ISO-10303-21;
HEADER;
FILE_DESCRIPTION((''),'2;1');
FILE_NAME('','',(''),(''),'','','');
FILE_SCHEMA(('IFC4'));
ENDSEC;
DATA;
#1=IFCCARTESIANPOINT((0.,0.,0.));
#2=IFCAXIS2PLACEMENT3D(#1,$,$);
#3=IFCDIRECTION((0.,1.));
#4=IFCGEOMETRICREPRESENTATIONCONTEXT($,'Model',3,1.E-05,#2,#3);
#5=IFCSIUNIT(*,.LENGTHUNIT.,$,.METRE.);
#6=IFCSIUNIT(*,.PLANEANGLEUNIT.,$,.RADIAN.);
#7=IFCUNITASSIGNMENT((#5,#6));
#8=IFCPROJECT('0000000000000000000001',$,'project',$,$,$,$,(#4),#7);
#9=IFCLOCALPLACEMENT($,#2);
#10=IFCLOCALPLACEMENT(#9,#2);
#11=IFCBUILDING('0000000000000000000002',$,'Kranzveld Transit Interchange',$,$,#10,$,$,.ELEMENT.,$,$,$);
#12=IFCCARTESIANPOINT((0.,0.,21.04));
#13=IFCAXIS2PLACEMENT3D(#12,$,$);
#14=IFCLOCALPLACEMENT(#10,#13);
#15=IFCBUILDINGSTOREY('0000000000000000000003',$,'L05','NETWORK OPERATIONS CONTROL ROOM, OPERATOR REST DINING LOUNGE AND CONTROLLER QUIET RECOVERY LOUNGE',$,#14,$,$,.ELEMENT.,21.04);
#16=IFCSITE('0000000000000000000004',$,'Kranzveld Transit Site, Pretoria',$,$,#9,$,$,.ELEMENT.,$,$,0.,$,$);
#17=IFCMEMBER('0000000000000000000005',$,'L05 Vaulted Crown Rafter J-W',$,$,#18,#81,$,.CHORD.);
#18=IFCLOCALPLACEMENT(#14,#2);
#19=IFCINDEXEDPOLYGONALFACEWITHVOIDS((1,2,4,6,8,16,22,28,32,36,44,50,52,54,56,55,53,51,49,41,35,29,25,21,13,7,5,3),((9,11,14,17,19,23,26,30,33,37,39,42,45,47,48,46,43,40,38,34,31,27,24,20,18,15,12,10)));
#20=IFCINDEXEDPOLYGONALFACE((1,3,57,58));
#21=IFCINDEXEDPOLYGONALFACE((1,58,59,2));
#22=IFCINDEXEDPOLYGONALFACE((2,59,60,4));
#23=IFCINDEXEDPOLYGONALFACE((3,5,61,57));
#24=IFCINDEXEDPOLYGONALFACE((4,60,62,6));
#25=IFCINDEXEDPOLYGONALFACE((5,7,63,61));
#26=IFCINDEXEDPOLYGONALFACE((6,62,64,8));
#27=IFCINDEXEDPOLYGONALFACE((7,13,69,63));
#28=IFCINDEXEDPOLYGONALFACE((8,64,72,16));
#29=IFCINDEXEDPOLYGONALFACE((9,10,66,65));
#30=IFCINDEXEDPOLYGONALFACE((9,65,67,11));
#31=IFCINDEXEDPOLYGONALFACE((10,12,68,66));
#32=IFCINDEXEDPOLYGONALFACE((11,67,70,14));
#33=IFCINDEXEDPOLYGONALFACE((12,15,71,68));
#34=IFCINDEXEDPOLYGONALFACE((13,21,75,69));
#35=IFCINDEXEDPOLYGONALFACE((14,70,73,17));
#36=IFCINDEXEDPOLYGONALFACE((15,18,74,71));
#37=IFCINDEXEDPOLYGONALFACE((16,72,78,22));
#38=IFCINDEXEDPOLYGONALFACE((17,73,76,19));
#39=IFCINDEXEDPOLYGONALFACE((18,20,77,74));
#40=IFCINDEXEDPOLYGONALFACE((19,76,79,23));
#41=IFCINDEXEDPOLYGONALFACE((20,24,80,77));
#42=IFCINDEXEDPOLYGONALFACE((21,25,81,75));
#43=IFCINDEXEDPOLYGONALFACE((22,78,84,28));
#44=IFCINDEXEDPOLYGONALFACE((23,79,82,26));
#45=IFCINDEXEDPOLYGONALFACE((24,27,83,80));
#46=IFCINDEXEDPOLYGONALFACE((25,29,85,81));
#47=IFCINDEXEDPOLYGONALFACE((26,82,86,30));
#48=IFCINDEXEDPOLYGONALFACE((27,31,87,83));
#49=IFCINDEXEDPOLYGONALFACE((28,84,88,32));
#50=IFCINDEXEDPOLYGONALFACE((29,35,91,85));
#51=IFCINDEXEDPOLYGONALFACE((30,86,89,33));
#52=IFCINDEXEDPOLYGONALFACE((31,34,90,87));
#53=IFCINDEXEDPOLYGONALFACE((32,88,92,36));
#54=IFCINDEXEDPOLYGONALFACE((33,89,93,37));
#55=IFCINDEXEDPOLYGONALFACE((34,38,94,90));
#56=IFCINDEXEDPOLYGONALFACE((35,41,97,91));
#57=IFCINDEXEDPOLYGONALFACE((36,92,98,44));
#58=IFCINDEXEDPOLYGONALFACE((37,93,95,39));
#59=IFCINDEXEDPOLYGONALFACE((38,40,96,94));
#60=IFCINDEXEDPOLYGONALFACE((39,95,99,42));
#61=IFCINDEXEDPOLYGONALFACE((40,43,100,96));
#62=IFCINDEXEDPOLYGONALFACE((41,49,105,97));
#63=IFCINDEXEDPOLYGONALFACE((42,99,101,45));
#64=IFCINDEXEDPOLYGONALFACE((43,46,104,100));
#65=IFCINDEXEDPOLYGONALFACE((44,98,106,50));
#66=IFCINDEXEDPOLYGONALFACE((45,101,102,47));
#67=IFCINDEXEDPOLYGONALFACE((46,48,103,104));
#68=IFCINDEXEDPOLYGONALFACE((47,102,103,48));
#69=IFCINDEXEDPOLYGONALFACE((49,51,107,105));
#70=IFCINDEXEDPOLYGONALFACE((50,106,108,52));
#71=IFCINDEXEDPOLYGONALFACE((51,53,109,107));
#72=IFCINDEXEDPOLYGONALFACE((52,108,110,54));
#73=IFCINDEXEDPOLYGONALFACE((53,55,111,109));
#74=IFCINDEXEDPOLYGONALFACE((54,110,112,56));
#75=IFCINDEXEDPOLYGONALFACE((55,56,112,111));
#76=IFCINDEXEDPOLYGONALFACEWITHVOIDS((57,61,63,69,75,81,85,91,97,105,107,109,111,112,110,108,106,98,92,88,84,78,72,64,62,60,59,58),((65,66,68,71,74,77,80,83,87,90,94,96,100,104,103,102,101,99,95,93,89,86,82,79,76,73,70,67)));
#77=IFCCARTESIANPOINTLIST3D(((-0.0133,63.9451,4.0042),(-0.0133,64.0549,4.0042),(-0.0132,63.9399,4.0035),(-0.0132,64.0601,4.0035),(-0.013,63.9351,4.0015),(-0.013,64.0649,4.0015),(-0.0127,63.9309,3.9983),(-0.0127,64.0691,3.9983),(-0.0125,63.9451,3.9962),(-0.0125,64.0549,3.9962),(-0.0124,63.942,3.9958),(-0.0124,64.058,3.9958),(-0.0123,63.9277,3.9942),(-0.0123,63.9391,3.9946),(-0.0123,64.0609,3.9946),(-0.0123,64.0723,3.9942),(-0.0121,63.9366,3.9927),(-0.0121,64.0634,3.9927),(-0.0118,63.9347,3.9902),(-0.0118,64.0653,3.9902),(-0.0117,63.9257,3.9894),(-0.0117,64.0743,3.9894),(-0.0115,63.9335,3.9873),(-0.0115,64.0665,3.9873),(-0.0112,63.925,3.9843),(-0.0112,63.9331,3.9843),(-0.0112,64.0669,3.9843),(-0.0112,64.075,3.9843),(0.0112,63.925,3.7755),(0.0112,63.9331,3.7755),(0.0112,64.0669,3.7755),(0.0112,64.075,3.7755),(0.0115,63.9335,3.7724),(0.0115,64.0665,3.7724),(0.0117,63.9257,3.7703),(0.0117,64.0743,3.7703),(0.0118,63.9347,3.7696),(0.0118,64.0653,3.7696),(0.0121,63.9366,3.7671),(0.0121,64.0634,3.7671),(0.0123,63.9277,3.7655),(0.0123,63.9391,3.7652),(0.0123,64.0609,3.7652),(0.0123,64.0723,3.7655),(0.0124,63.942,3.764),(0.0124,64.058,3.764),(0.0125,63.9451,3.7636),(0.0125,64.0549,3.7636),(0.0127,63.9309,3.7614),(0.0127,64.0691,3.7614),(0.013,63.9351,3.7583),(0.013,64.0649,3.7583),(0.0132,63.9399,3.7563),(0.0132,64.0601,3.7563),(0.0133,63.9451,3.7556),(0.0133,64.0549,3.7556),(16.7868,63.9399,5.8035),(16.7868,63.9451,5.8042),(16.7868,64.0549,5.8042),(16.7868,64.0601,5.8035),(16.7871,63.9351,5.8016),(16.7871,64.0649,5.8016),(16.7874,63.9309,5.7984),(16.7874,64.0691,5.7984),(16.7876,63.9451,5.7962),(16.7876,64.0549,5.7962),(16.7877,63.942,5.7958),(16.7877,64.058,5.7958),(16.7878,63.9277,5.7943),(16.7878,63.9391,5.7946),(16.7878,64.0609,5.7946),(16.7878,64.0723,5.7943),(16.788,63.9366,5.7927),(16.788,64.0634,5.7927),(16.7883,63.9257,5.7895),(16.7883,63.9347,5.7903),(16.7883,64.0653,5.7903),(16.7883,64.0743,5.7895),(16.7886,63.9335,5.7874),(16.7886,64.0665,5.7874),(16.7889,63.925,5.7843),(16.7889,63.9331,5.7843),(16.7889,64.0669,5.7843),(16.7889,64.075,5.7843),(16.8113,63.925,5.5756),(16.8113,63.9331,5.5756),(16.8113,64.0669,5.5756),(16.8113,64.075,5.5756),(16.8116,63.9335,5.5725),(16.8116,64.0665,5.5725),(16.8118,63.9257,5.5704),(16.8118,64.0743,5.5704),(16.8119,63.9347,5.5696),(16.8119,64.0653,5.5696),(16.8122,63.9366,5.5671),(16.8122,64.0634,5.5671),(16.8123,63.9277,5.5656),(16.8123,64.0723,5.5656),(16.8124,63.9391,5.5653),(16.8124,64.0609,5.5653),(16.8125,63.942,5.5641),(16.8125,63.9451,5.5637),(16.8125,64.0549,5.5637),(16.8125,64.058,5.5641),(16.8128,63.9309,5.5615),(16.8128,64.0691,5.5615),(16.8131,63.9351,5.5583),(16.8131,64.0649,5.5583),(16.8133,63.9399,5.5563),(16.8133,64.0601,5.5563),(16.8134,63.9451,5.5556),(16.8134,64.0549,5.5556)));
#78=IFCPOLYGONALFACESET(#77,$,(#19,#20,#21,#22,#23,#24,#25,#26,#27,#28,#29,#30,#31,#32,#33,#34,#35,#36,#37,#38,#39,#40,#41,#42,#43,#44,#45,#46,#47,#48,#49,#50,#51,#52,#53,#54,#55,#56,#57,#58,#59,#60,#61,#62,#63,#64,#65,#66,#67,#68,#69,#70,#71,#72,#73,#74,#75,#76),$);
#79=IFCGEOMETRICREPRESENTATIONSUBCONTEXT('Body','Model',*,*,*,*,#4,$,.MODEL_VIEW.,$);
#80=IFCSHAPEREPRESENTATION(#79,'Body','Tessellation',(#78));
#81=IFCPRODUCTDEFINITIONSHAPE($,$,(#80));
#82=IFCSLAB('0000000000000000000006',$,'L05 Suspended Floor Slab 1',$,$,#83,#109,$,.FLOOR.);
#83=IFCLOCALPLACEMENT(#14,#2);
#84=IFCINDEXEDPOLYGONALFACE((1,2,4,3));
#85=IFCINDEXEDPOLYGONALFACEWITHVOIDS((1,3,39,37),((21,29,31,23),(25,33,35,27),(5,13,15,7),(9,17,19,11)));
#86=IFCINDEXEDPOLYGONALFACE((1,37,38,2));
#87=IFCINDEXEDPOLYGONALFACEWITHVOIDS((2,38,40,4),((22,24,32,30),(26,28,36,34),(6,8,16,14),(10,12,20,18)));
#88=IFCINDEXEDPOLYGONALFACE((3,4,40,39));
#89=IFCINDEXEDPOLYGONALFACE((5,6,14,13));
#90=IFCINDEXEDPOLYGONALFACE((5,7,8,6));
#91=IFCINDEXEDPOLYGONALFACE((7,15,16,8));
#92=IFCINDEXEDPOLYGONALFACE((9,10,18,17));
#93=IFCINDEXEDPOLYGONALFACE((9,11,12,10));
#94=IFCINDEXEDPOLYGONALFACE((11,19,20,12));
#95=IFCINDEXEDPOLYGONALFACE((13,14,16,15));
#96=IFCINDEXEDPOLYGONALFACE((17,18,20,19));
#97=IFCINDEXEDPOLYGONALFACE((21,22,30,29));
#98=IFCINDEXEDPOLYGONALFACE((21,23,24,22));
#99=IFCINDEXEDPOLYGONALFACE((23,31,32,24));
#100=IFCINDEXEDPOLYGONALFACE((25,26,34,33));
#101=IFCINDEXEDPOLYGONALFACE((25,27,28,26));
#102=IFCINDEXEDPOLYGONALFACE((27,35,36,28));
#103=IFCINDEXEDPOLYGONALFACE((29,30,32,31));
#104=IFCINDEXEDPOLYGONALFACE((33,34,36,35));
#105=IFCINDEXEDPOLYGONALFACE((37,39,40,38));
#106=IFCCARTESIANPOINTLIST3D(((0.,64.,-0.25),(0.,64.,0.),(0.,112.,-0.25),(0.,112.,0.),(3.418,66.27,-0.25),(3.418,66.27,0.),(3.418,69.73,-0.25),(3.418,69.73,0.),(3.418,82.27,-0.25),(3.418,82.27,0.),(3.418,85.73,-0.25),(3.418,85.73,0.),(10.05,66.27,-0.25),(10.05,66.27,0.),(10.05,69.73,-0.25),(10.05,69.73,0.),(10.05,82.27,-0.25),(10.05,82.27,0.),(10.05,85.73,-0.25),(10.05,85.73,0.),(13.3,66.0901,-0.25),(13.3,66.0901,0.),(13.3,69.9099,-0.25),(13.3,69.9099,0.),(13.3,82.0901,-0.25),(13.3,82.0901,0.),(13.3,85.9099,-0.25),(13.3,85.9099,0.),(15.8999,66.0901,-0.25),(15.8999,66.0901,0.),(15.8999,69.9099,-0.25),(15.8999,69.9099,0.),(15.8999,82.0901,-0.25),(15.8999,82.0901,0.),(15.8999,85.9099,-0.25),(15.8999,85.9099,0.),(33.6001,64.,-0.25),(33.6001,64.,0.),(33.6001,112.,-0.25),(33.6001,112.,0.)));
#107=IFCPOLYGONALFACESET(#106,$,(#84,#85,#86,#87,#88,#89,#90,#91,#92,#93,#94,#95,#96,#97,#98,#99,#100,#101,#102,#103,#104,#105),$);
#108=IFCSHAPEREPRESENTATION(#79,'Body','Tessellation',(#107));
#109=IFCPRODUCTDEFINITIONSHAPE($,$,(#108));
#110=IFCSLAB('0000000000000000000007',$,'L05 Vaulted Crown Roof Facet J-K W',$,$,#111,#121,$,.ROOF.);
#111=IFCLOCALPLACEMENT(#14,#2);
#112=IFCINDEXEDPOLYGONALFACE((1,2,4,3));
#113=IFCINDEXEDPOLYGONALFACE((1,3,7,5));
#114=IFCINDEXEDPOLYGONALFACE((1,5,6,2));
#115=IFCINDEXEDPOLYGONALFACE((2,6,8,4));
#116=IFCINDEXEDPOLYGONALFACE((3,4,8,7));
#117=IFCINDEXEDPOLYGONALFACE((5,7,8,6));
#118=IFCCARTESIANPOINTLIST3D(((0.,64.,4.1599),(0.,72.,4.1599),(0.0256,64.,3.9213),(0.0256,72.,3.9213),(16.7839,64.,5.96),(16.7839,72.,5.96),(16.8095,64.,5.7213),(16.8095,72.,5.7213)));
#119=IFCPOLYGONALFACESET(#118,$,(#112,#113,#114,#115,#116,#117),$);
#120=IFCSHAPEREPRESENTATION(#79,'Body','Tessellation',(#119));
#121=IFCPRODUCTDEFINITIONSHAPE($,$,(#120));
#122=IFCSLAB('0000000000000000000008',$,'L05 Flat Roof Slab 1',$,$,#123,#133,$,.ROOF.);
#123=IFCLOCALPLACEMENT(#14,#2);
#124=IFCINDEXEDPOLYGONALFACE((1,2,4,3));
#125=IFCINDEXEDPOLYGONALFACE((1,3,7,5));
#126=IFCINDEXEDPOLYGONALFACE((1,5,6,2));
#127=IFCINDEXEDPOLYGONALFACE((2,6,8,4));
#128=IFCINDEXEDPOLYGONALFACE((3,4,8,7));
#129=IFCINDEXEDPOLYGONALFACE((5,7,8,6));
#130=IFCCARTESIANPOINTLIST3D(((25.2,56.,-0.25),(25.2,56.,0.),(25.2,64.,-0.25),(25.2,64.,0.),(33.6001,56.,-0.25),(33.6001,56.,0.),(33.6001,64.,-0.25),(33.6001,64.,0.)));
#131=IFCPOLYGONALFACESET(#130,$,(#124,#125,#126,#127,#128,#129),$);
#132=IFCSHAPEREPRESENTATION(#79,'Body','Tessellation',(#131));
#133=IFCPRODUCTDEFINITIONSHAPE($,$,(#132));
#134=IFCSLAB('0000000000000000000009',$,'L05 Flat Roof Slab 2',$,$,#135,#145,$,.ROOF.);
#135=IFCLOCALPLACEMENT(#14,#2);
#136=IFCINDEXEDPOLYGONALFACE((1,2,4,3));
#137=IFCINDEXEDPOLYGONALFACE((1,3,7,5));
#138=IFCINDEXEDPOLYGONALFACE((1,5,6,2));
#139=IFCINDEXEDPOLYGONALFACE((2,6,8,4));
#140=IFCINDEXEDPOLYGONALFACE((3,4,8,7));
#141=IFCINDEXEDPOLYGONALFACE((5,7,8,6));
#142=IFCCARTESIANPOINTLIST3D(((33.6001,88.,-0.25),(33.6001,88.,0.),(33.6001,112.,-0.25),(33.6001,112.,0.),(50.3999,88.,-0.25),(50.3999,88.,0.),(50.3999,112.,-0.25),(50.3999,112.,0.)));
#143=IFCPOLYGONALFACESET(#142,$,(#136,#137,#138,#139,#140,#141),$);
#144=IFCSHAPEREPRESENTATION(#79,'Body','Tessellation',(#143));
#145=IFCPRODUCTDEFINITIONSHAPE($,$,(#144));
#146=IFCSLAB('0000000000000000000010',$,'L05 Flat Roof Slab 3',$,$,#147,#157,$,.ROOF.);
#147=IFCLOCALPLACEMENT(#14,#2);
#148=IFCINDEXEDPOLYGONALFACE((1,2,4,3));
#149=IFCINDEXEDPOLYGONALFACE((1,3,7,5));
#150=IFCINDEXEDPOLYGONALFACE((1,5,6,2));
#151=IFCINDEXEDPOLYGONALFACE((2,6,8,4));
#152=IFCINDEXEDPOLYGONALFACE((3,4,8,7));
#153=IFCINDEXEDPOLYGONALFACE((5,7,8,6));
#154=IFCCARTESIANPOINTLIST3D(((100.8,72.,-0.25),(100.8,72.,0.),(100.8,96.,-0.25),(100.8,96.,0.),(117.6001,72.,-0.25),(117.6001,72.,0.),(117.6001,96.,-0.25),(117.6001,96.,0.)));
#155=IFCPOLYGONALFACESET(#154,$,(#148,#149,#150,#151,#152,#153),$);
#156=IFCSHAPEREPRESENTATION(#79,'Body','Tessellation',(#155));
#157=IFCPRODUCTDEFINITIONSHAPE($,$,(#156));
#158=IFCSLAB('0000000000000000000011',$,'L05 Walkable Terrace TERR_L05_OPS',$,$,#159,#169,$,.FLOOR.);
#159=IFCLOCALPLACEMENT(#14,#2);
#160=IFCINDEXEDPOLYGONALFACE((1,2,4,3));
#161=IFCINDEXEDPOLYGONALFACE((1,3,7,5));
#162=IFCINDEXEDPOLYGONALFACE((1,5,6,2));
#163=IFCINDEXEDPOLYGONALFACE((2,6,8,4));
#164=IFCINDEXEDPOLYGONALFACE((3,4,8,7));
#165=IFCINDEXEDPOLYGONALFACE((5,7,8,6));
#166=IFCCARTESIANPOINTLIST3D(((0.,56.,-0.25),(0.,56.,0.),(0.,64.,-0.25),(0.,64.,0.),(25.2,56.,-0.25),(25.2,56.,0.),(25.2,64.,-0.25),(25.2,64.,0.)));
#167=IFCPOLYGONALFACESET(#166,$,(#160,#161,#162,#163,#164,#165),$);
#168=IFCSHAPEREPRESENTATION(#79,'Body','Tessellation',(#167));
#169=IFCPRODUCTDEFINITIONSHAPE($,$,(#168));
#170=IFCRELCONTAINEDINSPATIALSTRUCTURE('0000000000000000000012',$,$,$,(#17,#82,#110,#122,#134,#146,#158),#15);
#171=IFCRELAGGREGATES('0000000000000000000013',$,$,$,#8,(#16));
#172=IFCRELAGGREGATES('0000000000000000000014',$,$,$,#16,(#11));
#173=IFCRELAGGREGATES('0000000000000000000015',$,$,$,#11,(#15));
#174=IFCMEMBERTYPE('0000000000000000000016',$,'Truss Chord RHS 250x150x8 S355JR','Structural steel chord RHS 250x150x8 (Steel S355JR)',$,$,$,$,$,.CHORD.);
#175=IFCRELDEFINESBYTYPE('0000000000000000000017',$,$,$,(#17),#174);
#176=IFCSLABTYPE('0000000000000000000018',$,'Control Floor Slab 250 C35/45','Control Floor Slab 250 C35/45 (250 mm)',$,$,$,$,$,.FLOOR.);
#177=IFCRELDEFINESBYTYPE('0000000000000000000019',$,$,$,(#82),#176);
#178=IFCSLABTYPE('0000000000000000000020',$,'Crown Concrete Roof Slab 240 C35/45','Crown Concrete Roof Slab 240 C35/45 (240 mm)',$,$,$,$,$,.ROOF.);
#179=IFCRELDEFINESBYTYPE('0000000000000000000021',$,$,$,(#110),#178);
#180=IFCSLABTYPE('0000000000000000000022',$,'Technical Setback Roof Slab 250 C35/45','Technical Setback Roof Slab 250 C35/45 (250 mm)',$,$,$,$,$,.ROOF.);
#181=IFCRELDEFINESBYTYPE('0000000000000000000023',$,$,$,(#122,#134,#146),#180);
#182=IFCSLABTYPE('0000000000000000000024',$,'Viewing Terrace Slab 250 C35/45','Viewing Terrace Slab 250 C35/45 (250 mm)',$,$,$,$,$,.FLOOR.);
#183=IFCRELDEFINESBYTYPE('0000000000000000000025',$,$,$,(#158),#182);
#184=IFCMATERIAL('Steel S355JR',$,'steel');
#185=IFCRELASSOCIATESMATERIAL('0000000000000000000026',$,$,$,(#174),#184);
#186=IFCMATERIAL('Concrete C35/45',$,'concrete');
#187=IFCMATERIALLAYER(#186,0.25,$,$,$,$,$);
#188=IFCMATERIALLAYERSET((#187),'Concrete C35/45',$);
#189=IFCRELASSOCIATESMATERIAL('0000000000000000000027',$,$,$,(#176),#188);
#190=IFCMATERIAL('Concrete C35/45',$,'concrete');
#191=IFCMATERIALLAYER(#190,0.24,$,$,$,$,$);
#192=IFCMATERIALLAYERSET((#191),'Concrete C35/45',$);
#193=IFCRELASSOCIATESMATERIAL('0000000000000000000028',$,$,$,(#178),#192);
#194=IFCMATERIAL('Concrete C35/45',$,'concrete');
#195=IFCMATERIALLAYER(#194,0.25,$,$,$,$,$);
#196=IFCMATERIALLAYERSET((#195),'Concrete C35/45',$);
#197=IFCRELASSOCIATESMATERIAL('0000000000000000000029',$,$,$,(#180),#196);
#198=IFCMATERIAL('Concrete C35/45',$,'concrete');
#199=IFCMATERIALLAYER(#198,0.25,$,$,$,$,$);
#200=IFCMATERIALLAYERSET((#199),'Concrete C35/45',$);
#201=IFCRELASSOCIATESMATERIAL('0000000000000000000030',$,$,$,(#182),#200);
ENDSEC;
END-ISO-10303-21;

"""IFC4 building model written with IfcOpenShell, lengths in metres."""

from ifc_helpers import new_model, si_unit, direction, frame, origin, origin_2d, place, context, subcontext, project, spatial, polyline, hollow_rectangle, outline, extrude, material, layer, layer_set, material_profile, profile_set, type_object, element, save


model = new_model("IFC4")

# Units and contexts
model_context = context("Model", 3, precision=1e-05, world=origin(), true_north=direction((0.0, 1.0)))
body_context = subcontext(model_context, "Body", "Model", "MODEL_VIEW")
ifc_project = project(units=[si_unit("LENGTHUNIT", "METRE"), si_unit("PLANEANGLEUNIT", "RADIAN")], contexts=[model_context])

# Site, building, storey
site_placement = place(None, origin())
site = spatial("IfcSite", under=ifc_project, at=site_placement, Name="Kranzveld Transit Site, Pretoria", CompositionType="ELEMENT", RefElevation=0.0)
building_placement = place(site_placement, origin())
building = spatial("IfcBuilding", under=site, at=building_placement, Name="Kranzveld Transit Interchange", CompositionType="ELEMENT")
storey_placement = place(building_placement, frame((0.0, 0.0, 21.04)))
storey = spatial("IfcBuildingStorey", under=building, at=storey_placement, Name="L05", Description="NETWORK OPERATIONS CONTROL ROOM, OPERATOR REST DINING LOUNGE AND CONTROLLER QUIET RECOVERY LOUNGE", CompositionType="ELEMENT", Elevation=21.04)

# Member
ifc_material_1 = material(Name="Steel S355JR", Category="steel")
ifc_material_profile_1 = material_profile(ifc_material_1, hollow_rectangle(XDim=0.1499, YDim=0.25, WallThickness=0.0081, InnerFilletRadius=0.012, OuterFilletRadius=0.02, at=origin_2d()), Name="RHS 250x150x8")
ifc_profile_set_1 = profile_set([ifc_material_profile_1], Name="Steel S355JR")
member_type = type_object("IfcMemberType", Name="Truss Chord RHS 250x150x8 S355JR", Description="Structural steel chord RHS 250x150x8 (Steel S355JR)", PredefinedType="CHORD", material=ifc_profile_set_1)
member_placement = place(storey_placement, frame((0.0, 64.0, 3.8799), z_axis=(0.994309, 0.0, 0.106536), x_axis=(0.0, 1.0, 0.0)))
element("IfcMember", 1, at=member_placement, inside=storey, type_object=member_type, Name="L05 Vaulted Crown Rafter J-W", PredefinedType="CHORD", context=body_context, shape_type="SweptSolid", body=[
    extrude(hollow_rectangle(XDim=0.1499, YDim=0.25, WallThickness=0.0081, InnerFilletRadius=0.012, OuterFilletRadius=0.02, at=origin_2d()), origin(), (0.0, 0.0, 1.0), 16.8962),
])

# Slabs
ifc_material_2 = material(Name="Concrete C35/45", Category="concrete")
ifc_layer_1 = layer(ifc_material_2, 0.25)
ifc_layer_set_1 = layer_set([ifc_layer_1], Name="Concrete C35/45")
slab_type_1 = type_object("IfcSlabType", Name="Control Floor Slab 250 C35/45", Description="Control Floor Slab 250 C35/45 (250 mm)", PredefinedType="FLOOR", material=ifc_layer_set_1)
slab_1_placement = place(storey_placement, frame((0.0, 0.0, -0.25)))
element("IfcSlab", 2, at=slab_1_placement, inside=storey, type_object=slab_type_1, Name="L05 Suspended Floor Slab 1", PredefinedType="FLOOR", context=body_context, shape_type="SweptSolid", body=[
    extrude(outline(polyline([(0.0, 64.0), (0.0, 112.0), (33.6001, 112.0), (33.6001, 64.0), (0.0, 64.0)]), holes=[polyline([(3.418, 69.73), (3.418, 66.27), (10.05, 66.27), (10.05, 69.73), (3.418, 69.73)]), polyline([(13.3, 66.0901), (15.8999, 66.0901), (15.8999, 69.9099), (13.3, 69.9099), (13.3, 66.0901)]), polyline([(3.418, 85.73), (3.418, 82.27), (10.05, 82.27), (10.05, 85.73), (3.418, 85.73)]), polyline([(13.3, 82.0901), (15.8999, 82.0901), (15.8999, 85.9099), (13.3, 85.9099), (13.3, 82.0901)])]), origin(), (0.0, 0.0, 1.0), 0.25),
])
ifc_material_3 = material(Name="Concrete C35/45", Category="concrete")
ifc_layer_2 = layer(ifc_material_3, 0.24)
ifc_layer_set_2 = layer_set([ifc_layer_2], Name="Concrete C35/45")
slab_type_2 = type_object("IfcSlabType", Name="Crown Concrete Roof Slab 240 C35/45", Description="Crown Concrete Roof Slab 240 C35/45 (240 mm)", PredefinedType="ROOF", material=ifc_layer_set_2)
slab_2_placement = place(storey_placement, frame((0.0, 64.0, 4.1599), z_axis=(-0.106637, 0.0, 0.994298), x_axis=(0.994298, 0.0, 0.106637)))
element("IfcSlab", 3, at=slab_2_placement, inside=storey, type_object=slab_type_2, Name="L05 Vaulted Crown Roof Facet J-K W", PredefinedType="ROOF", context=body_context, shape_type="SweptSolid", body=[
    extrude(outline(polyline([(0.0, 0.0), (16.8802, 0.0), (16.8802, 8.0), (0.0, 8.0), (0.0, 0.0)])), origin(), (0.0, 0.0, -1.0), 0.24),
])
ifc_material_4 = material(Name="Concrete C35/45", Category="concrete")
ifc_layer_3 = layer(ifc_material_4, 0.25)
ifc_layer_set_3 = layer_set([ifc_layer_3], Name="Concrete C35/45")
slab_type_3 = type_object("IfcSlabType", Name="Technical Setback Roof Slab 250 C35/45", Description="Technical Setback Roof Slab 250 C35/45 (250 mm)", PredefinedType="ROOF", material=ifc_layer_set_3)
slab_3_placement = place(storey_placement, frame((0.0, 0.0, -0.25)))
element("IfcSlab", 4, at=slab_3_placement, inside=storey, type_object=slab_type_3, Name="L05 Flat Roof Slab 1", PredefinedType="ROOF", context=body_context, shape_type="SweptSolid", body=[
    extrude(outline(polyline([(25.2, 56.0), (25.2, 64.0), (33.6001, 64.0), (33.6001, 56.0), (25.2, 56.0)])), origin(), (0.0, 0.0, 1.0), 0.25),
])
slab_4_placement = place(storey_placement, frame((0.0, 0.0, -0.25)))
element("IfcSlab", 5, at=slab_4_placement, inside=storey, type_object=slab_type_3, Name="L05 Flat Roof Slab 2", PredefinedType="ROOF", context=body_context, shape_type="SweptSolid", body=[
    extrude(outline(polyline([(50.3999, 112.0), (50.3999, 88.0), (33.6001, 88.0), (33.6001, 112.0), (50.3999, 112.0)])), origin(), (0.0, 0.0, 1.0), 0.25),
])
slab_5_placement = place(storey_placement, frame((0.0, 0.0, -0.25)))
element("IfcSlab", 6, at=slab_5_placement, inside=storey, type_object=slab_type_3, Name="L05 Flat Roof Slab 3", PredefinedType="ROOF", context=body_context, shape_type="SweptSolid", body=[
    extrude(outline(polyline([(117.6001, 96.0), (117.6001, 72.0), (100.8, 72.0), (100.8, 96.0), (117.6001, 96.0)])), origin(), (0.0, 0.0, 1.0), 0.25),
])
ifc_material_5 = material(Name="Concrete C35/45", Category="concrete")
ifc_layer_4 = layer(ifc_material_5, 0.25)
ifc_layer_set_4 = layer_set([ifc_layer_4], Name="Concrete C35/45")
slab_type_4 = type_object("IfcSlabType", Name="Viewing Terrace Slab 250 C35/45", Description="Viewing Terrace Slab 250 C35/45 (250 mm)", PredefinedType="FLOOR", material=ifc_layer_set_4)
slab_6_placement = place(storey_placement, frame((0.0, 0.0, -0.25)))
element("IfcSlab", 7, at=slab_6_placement, inside=storey, type_object=slab_type_4, Name="L05 Walkable Terrace TERR_L05_OPS", PredefinedType="FLOOR", context=body_context, shape_type="SweptSolid", body=[
    extrude(outline(polyline([(25.2, 56.0), (25.2, 64.0), (0.0, 64.0), (0.0, 56.0), (25.2, 56.0)])), origin(), (0.0, 0.0, 1.0), 0.25),
])

save(model, "model.ifc")
